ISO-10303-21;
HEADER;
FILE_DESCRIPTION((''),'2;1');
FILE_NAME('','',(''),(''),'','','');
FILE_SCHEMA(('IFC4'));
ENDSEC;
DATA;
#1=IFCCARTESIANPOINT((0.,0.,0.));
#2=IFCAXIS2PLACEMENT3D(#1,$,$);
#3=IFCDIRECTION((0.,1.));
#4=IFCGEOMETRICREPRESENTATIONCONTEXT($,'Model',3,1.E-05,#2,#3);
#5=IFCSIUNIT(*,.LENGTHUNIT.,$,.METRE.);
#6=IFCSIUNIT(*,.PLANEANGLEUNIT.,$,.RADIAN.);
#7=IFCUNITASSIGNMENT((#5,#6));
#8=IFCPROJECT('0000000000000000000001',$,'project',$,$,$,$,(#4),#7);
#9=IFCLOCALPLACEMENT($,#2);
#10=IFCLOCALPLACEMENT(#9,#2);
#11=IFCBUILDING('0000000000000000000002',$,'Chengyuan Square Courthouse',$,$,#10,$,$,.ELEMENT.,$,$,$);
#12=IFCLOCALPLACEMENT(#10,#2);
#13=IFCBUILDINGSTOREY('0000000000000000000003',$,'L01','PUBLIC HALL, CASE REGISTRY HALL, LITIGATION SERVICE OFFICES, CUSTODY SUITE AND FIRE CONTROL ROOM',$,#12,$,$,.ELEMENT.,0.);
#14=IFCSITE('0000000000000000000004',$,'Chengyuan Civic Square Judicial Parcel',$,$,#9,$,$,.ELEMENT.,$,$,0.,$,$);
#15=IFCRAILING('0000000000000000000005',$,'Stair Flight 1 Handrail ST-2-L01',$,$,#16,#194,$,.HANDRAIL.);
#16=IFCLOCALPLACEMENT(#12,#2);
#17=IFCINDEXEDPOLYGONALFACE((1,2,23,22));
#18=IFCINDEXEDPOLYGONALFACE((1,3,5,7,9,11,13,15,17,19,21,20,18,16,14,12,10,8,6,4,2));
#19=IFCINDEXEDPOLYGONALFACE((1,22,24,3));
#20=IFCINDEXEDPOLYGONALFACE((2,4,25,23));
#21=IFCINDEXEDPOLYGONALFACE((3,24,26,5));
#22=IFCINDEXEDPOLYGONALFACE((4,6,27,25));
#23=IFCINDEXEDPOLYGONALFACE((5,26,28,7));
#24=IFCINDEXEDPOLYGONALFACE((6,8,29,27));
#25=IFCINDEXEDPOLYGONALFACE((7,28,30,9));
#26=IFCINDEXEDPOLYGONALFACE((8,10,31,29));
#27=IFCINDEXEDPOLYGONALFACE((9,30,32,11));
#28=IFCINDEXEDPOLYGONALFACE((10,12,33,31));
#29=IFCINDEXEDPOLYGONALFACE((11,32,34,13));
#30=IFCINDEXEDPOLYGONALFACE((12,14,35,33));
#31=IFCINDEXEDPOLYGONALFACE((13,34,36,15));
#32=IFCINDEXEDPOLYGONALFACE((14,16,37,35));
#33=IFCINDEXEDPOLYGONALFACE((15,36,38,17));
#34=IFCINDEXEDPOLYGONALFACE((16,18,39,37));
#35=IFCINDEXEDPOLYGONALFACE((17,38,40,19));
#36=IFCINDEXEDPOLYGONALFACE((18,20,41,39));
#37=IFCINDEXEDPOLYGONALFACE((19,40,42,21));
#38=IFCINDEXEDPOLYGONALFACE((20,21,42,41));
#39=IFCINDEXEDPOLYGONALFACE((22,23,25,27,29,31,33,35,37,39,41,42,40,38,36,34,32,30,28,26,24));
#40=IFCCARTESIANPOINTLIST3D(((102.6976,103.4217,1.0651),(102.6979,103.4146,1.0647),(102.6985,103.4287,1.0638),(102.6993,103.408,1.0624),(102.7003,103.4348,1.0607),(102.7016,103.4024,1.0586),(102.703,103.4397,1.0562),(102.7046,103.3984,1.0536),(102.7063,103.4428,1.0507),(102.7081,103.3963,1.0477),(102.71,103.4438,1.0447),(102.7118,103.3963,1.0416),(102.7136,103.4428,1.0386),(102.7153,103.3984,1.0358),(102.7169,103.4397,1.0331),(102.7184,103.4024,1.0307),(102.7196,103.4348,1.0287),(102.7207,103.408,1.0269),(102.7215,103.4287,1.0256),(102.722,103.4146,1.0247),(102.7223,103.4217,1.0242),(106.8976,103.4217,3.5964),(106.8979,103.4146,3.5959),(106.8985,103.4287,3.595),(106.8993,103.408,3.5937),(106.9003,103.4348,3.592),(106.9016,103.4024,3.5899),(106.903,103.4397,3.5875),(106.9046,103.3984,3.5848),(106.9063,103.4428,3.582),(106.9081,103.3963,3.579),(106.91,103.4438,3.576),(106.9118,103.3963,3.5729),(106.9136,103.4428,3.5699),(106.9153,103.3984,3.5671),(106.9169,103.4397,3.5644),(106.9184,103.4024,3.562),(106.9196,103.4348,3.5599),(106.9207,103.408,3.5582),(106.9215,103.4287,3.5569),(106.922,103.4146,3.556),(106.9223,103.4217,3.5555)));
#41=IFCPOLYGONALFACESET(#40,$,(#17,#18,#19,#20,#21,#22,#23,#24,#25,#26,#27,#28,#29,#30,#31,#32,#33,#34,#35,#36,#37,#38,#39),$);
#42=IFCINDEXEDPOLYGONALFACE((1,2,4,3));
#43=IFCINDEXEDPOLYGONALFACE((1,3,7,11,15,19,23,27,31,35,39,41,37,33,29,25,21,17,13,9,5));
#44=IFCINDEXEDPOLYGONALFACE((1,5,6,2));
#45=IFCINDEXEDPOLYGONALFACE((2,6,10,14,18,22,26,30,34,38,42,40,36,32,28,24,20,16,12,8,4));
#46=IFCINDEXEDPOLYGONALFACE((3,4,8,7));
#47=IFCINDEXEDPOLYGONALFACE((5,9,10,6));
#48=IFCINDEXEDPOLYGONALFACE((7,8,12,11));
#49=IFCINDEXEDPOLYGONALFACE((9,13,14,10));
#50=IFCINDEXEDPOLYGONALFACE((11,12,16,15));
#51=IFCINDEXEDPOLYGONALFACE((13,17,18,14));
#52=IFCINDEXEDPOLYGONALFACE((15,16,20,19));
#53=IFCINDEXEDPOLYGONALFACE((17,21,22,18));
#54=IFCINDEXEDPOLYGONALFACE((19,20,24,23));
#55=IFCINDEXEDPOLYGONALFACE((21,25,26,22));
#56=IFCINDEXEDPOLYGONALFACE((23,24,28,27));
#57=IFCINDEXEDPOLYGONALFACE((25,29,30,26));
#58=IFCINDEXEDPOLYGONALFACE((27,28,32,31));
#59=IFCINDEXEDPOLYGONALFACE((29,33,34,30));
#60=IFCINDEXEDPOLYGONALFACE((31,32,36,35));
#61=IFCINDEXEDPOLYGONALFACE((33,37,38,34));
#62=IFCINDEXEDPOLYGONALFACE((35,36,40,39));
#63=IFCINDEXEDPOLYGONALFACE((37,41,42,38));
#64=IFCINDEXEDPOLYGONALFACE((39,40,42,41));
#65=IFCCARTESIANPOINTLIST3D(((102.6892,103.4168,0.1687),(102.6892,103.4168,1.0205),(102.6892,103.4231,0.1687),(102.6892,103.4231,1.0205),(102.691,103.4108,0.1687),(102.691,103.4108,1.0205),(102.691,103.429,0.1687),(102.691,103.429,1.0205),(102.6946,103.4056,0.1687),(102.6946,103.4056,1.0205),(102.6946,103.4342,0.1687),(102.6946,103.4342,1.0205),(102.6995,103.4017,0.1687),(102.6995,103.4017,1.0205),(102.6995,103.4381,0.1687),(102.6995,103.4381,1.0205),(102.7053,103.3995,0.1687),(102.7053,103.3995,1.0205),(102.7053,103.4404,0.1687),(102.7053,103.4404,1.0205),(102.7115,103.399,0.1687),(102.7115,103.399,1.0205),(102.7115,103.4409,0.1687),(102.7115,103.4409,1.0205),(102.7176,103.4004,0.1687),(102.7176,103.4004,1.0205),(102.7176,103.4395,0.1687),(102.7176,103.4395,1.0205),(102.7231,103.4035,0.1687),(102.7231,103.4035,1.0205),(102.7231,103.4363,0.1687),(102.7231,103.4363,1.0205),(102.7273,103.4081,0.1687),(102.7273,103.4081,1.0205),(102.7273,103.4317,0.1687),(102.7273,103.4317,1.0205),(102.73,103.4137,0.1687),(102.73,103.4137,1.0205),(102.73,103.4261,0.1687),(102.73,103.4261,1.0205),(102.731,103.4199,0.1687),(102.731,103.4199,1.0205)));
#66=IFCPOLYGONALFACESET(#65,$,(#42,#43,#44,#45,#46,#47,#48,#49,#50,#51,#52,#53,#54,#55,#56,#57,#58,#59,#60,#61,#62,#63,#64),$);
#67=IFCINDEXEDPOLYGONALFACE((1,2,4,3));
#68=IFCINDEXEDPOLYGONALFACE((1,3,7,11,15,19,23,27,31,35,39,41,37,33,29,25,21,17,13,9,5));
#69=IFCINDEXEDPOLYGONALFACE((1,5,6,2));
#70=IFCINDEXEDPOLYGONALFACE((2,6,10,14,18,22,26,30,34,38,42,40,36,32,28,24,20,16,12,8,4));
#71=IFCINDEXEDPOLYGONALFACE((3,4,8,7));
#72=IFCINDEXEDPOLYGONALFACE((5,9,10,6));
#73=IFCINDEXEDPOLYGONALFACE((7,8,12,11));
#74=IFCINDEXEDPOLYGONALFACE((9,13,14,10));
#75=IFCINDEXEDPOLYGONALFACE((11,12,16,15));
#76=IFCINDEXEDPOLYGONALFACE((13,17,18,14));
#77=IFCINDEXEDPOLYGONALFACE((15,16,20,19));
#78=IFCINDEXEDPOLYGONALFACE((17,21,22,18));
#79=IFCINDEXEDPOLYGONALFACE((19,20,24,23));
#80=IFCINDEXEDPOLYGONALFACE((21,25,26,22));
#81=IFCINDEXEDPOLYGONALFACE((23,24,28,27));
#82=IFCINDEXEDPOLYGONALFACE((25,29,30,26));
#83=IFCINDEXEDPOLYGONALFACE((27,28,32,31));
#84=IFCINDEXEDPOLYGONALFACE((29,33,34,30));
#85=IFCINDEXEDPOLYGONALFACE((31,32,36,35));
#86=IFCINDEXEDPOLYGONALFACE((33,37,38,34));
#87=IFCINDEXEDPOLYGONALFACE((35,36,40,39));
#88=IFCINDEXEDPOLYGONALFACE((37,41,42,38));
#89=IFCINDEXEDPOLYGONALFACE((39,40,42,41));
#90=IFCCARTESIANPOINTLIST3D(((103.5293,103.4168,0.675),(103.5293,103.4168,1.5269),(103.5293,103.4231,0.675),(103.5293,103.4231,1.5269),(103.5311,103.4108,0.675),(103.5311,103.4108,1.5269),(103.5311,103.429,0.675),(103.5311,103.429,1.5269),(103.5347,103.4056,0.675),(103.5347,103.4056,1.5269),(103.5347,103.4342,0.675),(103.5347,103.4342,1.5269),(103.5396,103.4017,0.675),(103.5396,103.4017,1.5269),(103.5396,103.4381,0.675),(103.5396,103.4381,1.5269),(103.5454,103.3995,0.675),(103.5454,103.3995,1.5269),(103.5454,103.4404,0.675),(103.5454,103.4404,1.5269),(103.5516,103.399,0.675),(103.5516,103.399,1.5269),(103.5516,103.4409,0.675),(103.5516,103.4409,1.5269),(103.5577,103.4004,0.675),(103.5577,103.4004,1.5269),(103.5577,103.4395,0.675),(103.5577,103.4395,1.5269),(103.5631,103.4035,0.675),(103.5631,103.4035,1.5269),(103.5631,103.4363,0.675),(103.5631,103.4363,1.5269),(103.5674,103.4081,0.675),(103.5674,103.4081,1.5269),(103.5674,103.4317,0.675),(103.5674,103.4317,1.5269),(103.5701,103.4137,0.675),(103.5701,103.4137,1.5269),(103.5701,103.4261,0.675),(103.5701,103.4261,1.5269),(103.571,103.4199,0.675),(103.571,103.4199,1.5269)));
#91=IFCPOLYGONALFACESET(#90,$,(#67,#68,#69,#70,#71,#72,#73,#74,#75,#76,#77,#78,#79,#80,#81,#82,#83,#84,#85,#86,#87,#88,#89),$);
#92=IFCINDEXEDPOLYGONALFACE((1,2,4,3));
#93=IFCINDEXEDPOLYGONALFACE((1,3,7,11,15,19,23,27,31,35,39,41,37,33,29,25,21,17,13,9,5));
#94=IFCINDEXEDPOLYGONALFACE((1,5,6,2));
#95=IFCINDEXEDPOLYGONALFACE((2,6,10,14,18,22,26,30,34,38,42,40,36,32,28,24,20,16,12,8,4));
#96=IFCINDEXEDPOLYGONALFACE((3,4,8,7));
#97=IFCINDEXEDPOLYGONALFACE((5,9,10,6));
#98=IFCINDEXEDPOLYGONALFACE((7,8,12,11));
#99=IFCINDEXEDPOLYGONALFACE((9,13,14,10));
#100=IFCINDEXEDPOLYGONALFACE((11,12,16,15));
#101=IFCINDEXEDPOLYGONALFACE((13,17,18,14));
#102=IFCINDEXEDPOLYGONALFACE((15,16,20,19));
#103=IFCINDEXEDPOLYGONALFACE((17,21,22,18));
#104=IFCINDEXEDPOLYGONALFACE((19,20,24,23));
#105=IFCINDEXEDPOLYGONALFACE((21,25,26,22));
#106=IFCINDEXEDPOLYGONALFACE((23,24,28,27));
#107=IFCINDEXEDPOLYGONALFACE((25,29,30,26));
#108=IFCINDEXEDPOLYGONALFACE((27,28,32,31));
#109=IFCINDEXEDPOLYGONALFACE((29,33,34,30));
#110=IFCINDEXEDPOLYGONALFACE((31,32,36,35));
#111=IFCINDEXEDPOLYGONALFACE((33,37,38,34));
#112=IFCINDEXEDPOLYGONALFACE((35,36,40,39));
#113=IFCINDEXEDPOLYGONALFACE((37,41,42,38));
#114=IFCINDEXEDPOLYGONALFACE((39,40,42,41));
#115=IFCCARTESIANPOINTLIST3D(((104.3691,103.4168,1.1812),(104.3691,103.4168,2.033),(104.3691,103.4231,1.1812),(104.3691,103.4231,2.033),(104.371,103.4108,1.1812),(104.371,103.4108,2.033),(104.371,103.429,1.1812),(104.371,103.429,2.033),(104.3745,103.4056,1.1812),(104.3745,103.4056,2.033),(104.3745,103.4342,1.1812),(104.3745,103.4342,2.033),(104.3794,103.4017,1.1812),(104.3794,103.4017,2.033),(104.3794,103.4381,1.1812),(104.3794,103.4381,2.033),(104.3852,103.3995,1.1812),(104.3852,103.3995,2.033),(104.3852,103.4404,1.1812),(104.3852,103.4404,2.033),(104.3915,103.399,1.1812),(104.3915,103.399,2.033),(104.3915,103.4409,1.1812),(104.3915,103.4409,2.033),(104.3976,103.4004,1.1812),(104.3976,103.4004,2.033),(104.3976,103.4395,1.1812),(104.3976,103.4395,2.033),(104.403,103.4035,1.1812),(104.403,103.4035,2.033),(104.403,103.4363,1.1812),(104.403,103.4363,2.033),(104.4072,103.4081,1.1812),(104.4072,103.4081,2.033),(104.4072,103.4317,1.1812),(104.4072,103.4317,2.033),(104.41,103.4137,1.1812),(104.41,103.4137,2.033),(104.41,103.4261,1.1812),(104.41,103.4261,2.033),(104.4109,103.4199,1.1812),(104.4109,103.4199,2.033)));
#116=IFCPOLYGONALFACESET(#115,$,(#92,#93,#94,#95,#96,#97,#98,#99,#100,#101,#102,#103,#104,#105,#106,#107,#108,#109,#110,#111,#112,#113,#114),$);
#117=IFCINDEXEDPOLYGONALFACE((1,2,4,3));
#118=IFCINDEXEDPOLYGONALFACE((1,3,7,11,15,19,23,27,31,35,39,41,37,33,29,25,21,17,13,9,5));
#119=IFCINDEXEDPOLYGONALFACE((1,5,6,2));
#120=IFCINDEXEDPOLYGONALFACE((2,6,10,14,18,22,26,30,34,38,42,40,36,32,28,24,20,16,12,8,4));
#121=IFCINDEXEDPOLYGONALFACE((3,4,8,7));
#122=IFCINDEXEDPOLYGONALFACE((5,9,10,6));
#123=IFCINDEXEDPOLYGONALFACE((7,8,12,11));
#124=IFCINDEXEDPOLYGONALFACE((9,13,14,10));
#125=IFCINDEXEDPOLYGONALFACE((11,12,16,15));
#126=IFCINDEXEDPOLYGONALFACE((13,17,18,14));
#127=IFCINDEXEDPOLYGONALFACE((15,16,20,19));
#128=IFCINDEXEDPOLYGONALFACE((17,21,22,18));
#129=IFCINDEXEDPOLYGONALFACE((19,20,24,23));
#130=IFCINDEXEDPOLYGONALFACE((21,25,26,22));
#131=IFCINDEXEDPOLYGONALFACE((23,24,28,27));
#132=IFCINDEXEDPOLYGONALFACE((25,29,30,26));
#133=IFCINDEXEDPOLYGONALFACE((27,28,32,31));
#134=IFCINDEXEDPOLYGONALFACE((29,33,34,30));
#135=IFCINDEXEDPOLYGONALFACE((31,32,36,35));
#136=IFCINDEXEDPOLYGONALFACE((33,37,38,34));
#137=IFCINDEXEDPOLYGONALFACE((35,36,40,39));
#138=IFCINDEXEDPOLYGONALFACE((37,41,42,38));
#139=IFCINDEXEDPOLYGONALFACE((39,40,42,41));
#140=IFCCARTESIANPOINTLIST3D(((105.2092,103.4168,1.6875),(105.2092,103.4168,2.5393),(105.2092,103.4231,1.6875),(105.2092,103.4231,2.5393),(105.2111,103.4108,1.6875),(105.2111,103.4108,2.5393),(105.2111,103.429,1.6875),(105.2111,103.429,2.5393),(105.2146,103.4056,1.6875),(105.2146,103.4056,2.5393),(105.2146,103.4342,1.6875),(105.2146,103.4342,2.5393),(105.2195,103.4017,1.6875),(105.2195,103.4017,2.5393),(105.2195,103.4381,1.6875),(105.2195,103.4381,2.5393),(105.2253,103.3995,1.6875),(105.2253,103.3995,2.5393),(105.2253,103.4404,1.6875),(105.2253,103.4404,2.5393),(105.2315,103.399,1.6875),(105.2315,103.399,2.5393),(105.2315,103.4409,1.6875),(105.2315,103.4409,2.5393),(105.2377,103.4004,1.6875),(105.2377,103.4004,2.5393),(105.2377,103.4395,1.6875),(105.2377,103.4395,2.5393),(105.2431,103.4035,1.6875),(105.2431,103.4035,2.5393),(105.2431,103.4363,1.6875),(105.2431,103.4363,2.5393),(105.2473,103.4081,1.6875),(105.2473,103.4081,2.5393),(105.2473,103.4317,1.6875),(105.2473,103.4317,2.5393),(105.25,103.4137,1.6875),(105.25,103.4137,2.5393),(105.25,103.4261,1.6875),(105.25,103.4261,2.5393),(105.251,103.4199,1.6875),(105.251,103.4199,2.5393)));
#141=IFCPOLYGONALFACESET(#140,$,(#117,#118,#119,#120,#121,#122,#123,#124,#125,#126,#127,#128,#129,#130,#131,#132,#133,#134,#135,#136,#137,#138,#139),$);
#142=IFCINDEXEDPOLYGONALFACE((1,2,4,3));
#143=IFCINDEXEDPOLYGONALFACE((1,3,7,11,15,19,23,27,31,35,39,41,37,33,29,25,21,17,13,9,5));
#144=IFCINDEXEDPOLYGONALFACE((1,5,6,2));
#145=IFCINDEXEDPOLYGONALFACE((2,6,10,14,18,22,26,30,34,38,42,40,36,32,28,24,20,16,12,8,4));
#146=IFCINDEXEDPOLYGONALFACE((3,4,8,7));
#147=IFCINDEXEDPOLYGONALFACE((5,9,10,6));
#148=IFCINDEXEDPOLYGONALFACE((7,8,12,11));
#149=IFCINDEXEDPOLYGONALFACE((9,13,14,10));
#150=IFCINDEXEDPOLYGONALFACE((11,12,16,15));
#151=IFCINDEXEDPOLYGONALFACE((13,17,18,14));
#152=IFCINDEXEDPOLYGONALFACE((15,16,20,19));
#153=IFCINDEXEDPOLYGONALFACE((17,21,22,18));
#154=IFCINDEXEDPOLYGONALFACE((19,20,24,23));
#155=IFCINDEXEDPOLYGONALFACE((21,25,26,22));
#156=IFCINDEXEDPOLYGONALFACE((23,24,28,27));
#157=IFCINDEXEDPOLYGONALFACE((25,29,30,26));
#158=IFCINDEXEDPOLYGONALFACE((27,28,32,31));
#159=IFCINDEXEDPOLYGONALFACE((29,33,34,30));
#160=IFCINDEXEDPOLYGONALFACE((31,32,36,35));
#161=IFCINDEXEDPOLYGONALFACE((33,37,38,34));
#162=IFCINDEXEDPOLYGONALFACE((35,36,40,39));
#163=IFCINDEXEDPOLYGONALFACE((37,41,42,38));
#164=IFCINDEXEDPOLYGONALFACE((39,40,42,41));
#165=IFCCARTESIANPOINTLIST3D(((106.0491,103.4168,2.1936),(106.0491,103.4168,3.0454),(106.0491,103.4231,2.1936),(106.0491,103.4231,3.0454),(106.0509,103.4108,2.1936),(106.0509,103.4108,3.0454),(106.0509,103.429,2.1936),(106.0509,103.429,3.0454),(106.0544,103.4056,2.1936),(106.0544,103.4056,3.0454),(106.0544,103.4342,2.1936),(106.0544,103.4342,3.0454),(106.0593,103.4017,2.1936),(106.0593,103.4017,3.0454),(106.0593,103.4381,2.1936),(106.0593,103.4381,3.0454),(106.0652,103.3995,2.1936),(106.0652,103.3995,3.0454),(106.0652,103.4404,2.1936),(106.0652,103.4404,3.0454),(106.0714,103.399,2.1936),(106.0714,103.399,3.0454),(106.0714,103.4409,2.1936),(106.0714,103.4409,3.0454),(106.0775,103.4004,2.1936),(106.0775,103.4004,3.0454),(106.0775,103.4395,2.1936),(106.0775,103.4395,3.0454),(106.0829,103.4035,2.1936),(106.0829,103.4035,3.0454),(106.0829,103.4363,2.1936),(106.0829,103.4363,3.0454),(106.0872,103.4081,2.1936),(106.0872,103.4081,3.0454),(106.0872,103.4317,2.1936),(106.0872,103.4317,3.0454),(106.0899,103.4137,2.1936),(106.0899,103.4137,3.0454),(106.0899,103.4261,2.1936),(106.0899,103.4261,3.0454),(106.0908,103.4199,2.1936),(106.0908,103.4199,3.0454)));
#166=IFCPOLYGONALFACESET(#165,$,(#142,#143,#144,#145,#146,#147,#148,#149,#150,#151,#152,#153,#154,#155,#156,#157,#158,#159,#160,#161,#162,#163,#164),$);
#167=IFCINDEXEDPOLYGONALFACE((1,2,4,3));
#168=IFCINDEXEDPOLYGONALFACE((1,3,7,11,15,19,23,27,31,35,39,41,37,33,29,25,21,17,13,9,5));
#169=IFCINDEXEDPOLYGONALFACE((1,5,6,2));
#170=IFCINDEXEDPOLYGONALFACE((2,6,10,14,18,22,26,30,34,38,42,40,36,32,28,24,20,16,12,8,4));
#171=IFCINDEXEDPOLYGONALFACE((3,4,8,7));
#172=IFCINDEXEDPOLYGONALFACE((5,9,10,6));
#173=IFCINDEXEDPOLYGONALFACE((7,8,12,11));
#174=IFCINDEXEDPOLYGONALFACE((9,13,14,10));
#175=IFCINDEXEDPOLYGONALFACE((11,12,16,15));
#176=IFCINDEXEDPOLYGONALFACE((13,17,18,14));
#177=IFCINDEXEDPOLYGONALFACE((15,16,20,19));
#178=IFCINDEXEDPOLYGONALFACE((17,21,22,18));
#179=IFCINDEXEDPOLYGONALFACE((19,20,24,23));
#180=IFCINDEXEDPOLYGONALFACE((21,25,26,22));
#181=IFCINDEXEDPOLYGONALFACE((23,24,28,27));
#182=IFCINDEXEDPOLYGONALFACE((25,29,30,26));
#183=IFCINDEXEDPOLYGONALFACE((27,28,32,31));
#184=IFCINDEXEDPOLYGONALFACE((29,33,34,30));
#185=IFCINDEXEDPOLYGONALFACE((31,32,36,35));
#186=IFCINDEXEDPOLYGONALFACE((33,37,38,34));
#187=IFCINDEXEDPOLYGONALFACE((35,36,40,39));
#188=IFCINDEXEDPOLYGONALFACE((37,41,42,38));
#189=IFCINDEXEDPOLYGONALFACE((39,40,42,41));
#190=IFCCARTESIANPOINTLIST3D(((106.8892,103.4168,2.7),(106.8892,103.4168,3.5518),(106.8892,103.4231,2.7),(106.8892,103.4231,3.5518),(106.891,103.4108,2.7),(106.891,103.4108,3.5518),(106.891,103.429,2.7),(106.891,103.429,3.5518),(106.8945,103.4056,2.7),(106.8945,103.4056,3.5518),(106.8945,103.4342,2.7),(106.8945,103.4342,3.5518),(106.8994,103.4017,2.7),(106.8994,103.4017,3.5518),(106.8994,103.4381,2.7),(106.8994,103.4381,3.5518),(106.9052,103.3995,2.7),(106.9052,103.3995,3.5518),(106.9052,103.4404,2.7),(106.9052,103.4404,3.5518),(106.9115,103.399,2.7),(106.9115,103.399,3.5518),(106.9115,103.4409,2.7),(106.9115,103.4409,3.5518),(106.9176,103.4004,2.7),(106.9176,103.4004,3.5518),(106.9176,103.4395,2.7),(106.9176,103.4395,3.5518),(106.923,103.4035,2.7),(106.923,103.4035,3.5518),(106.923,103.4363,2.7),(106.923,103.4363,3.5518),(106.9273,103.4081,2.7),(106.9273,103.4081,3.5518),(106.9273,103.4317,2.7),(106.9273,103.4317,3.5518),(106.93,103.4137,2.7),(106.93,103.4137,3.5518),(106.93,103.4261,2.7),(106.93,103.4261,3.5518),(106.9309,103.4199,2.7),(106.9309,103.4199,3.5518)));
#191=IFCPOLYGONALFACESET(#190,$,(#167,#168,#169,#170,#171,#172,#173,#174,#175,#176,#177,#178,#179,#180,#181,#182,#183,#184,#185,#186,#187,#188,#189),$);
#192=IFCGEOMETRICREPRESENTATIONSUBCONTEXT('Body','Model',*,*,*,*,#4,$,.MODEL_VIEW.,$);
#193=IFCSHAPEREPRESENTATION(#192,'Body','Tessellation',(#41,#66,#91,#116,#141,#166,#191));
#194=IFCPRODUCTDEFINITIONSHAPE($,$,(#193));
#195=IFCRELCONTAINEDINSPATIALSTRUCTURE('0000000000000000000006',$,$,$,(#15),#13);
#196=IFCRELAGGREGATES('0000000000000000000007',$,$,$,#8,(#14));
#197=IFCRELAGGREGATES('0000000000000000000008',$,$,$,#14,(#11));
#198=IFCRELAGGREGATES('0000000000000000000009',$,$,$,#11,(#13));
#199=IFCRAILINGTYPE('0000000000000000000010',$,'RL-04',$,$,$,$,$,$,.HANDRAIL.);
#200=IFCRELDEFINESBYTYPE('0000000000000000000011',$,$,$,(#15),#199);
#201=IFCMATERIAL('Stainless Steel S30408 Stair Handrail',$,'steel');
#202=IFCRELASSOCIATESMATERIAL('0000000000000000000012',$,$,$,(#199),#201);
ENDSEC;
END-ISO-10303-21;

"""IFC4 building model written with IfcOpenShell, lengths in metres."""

from ifc_helpers import new_model, si_unit, direction, frame, origin, origin_2d, place, context, subcontext, project, spatial, circle, extrude, material, type_object, element, save


model = new_model("IFC4")

# Units and contexts
model_context = context("Model", 3, precision=1e-05, world=origin(), true_north=direction((0.0, 1.0)))
body_context = subcontext(model_context, "Body", "Model", "MODEL_VIEW")
ifc_project = project(units=[si_unit("LENGTHUNIT", "METRE"), si_unit("PLANEANGLEUNIT", "RADIAN")], contexts=[model_context])

# Site, building, storey
site_placement = place(None, origin())
site = spatial("IfcSite", under=ifc_project, at=site_placement, Name="Chengyuan Civic Square Judicial Parcel", CompositionType="ELEMENT", RefElevation=0.0)
building_placement = place(site_placement, origin())
building = spatial("IfcBuilding", under=site, at=building_placement, Name="Chengyuan Square Courthouse", CompositionType="ELEMENT")
storey_placement = place(building_placement, origin())
storey = spatial("IfcBuildingStorey", under=building, at=storey_placement, Name="L01", Description="PUBLIC HALL, CASE REGISTRY HALL, LITIGATION SERVICE OFFICES, CUSTODY SUITE AND FIRE CONTROL ROOM", CompositionType="ELEMENT", Elevation=0.0)

# Railing
ifc_material_1 = material(Name="Stainless Steel S30408 Stair Handrail", Category="steel")
railing_type = type_object("IfcRailingType", Name="RL-04", PredefinedType="HANDRAIL", material=ifc_material_1)
railing_placement = place(storey_placement, frame((102.71, 103.4199, 0.1687)))
element("IfcRailing", 1, at=railing_placement, inside=storey, type_object=railing_type, Name="Stair Flight 1 Handrail ST-2-L01", PredefinedType="HANDRAIL", context=body_context, shape_type="SweptSolid", body=[
    extrude(circle(Radius=0.0239, at=origin_2d()), frame((0.0, 0.0, 0.876), z_axis=(0.856476, 0.0, 0.516186), x_axis=(0.0, 1.0, 0.0)), (0.0, 0.0, 1.0), 4.9038),
    extrude(circle(Radius=0.021, at=origin_2d()), origin(), (0.0, 0.0, 1.0), 0.8518),
    extrude(circle(Radius=0.021, at=origin_2d()), frame((0.8401, 0.0, 0.5063)), (0.0, 0.0, 1.0), 0.8518),
    extrude(circle(Radius=0.021, at=origin_2d()), frame((1.6799, 0.0, 1.0125)), (0.0, 0.0, 1.0), 0.8518),
    extrude(circle(Radius=0.021, at=origin_2d()), frame((2.52, 0.0, 1.5188)), (0.0, 0.0, 1.0), 0.8518),
    extrude(circle(Radius=0.021, at=origin_2d()), frame((3.3599, 0.0, 2.0249)), (0.0, 0.0, 1.0), 0.8518),
    extrude(circle(Radius=0.021, at=origin_2d()), frame((4.2, 0.0, 2.5312)), (0.0, 0.0, 1.0), 0.8518),
])

save(model, "model.ifc")
